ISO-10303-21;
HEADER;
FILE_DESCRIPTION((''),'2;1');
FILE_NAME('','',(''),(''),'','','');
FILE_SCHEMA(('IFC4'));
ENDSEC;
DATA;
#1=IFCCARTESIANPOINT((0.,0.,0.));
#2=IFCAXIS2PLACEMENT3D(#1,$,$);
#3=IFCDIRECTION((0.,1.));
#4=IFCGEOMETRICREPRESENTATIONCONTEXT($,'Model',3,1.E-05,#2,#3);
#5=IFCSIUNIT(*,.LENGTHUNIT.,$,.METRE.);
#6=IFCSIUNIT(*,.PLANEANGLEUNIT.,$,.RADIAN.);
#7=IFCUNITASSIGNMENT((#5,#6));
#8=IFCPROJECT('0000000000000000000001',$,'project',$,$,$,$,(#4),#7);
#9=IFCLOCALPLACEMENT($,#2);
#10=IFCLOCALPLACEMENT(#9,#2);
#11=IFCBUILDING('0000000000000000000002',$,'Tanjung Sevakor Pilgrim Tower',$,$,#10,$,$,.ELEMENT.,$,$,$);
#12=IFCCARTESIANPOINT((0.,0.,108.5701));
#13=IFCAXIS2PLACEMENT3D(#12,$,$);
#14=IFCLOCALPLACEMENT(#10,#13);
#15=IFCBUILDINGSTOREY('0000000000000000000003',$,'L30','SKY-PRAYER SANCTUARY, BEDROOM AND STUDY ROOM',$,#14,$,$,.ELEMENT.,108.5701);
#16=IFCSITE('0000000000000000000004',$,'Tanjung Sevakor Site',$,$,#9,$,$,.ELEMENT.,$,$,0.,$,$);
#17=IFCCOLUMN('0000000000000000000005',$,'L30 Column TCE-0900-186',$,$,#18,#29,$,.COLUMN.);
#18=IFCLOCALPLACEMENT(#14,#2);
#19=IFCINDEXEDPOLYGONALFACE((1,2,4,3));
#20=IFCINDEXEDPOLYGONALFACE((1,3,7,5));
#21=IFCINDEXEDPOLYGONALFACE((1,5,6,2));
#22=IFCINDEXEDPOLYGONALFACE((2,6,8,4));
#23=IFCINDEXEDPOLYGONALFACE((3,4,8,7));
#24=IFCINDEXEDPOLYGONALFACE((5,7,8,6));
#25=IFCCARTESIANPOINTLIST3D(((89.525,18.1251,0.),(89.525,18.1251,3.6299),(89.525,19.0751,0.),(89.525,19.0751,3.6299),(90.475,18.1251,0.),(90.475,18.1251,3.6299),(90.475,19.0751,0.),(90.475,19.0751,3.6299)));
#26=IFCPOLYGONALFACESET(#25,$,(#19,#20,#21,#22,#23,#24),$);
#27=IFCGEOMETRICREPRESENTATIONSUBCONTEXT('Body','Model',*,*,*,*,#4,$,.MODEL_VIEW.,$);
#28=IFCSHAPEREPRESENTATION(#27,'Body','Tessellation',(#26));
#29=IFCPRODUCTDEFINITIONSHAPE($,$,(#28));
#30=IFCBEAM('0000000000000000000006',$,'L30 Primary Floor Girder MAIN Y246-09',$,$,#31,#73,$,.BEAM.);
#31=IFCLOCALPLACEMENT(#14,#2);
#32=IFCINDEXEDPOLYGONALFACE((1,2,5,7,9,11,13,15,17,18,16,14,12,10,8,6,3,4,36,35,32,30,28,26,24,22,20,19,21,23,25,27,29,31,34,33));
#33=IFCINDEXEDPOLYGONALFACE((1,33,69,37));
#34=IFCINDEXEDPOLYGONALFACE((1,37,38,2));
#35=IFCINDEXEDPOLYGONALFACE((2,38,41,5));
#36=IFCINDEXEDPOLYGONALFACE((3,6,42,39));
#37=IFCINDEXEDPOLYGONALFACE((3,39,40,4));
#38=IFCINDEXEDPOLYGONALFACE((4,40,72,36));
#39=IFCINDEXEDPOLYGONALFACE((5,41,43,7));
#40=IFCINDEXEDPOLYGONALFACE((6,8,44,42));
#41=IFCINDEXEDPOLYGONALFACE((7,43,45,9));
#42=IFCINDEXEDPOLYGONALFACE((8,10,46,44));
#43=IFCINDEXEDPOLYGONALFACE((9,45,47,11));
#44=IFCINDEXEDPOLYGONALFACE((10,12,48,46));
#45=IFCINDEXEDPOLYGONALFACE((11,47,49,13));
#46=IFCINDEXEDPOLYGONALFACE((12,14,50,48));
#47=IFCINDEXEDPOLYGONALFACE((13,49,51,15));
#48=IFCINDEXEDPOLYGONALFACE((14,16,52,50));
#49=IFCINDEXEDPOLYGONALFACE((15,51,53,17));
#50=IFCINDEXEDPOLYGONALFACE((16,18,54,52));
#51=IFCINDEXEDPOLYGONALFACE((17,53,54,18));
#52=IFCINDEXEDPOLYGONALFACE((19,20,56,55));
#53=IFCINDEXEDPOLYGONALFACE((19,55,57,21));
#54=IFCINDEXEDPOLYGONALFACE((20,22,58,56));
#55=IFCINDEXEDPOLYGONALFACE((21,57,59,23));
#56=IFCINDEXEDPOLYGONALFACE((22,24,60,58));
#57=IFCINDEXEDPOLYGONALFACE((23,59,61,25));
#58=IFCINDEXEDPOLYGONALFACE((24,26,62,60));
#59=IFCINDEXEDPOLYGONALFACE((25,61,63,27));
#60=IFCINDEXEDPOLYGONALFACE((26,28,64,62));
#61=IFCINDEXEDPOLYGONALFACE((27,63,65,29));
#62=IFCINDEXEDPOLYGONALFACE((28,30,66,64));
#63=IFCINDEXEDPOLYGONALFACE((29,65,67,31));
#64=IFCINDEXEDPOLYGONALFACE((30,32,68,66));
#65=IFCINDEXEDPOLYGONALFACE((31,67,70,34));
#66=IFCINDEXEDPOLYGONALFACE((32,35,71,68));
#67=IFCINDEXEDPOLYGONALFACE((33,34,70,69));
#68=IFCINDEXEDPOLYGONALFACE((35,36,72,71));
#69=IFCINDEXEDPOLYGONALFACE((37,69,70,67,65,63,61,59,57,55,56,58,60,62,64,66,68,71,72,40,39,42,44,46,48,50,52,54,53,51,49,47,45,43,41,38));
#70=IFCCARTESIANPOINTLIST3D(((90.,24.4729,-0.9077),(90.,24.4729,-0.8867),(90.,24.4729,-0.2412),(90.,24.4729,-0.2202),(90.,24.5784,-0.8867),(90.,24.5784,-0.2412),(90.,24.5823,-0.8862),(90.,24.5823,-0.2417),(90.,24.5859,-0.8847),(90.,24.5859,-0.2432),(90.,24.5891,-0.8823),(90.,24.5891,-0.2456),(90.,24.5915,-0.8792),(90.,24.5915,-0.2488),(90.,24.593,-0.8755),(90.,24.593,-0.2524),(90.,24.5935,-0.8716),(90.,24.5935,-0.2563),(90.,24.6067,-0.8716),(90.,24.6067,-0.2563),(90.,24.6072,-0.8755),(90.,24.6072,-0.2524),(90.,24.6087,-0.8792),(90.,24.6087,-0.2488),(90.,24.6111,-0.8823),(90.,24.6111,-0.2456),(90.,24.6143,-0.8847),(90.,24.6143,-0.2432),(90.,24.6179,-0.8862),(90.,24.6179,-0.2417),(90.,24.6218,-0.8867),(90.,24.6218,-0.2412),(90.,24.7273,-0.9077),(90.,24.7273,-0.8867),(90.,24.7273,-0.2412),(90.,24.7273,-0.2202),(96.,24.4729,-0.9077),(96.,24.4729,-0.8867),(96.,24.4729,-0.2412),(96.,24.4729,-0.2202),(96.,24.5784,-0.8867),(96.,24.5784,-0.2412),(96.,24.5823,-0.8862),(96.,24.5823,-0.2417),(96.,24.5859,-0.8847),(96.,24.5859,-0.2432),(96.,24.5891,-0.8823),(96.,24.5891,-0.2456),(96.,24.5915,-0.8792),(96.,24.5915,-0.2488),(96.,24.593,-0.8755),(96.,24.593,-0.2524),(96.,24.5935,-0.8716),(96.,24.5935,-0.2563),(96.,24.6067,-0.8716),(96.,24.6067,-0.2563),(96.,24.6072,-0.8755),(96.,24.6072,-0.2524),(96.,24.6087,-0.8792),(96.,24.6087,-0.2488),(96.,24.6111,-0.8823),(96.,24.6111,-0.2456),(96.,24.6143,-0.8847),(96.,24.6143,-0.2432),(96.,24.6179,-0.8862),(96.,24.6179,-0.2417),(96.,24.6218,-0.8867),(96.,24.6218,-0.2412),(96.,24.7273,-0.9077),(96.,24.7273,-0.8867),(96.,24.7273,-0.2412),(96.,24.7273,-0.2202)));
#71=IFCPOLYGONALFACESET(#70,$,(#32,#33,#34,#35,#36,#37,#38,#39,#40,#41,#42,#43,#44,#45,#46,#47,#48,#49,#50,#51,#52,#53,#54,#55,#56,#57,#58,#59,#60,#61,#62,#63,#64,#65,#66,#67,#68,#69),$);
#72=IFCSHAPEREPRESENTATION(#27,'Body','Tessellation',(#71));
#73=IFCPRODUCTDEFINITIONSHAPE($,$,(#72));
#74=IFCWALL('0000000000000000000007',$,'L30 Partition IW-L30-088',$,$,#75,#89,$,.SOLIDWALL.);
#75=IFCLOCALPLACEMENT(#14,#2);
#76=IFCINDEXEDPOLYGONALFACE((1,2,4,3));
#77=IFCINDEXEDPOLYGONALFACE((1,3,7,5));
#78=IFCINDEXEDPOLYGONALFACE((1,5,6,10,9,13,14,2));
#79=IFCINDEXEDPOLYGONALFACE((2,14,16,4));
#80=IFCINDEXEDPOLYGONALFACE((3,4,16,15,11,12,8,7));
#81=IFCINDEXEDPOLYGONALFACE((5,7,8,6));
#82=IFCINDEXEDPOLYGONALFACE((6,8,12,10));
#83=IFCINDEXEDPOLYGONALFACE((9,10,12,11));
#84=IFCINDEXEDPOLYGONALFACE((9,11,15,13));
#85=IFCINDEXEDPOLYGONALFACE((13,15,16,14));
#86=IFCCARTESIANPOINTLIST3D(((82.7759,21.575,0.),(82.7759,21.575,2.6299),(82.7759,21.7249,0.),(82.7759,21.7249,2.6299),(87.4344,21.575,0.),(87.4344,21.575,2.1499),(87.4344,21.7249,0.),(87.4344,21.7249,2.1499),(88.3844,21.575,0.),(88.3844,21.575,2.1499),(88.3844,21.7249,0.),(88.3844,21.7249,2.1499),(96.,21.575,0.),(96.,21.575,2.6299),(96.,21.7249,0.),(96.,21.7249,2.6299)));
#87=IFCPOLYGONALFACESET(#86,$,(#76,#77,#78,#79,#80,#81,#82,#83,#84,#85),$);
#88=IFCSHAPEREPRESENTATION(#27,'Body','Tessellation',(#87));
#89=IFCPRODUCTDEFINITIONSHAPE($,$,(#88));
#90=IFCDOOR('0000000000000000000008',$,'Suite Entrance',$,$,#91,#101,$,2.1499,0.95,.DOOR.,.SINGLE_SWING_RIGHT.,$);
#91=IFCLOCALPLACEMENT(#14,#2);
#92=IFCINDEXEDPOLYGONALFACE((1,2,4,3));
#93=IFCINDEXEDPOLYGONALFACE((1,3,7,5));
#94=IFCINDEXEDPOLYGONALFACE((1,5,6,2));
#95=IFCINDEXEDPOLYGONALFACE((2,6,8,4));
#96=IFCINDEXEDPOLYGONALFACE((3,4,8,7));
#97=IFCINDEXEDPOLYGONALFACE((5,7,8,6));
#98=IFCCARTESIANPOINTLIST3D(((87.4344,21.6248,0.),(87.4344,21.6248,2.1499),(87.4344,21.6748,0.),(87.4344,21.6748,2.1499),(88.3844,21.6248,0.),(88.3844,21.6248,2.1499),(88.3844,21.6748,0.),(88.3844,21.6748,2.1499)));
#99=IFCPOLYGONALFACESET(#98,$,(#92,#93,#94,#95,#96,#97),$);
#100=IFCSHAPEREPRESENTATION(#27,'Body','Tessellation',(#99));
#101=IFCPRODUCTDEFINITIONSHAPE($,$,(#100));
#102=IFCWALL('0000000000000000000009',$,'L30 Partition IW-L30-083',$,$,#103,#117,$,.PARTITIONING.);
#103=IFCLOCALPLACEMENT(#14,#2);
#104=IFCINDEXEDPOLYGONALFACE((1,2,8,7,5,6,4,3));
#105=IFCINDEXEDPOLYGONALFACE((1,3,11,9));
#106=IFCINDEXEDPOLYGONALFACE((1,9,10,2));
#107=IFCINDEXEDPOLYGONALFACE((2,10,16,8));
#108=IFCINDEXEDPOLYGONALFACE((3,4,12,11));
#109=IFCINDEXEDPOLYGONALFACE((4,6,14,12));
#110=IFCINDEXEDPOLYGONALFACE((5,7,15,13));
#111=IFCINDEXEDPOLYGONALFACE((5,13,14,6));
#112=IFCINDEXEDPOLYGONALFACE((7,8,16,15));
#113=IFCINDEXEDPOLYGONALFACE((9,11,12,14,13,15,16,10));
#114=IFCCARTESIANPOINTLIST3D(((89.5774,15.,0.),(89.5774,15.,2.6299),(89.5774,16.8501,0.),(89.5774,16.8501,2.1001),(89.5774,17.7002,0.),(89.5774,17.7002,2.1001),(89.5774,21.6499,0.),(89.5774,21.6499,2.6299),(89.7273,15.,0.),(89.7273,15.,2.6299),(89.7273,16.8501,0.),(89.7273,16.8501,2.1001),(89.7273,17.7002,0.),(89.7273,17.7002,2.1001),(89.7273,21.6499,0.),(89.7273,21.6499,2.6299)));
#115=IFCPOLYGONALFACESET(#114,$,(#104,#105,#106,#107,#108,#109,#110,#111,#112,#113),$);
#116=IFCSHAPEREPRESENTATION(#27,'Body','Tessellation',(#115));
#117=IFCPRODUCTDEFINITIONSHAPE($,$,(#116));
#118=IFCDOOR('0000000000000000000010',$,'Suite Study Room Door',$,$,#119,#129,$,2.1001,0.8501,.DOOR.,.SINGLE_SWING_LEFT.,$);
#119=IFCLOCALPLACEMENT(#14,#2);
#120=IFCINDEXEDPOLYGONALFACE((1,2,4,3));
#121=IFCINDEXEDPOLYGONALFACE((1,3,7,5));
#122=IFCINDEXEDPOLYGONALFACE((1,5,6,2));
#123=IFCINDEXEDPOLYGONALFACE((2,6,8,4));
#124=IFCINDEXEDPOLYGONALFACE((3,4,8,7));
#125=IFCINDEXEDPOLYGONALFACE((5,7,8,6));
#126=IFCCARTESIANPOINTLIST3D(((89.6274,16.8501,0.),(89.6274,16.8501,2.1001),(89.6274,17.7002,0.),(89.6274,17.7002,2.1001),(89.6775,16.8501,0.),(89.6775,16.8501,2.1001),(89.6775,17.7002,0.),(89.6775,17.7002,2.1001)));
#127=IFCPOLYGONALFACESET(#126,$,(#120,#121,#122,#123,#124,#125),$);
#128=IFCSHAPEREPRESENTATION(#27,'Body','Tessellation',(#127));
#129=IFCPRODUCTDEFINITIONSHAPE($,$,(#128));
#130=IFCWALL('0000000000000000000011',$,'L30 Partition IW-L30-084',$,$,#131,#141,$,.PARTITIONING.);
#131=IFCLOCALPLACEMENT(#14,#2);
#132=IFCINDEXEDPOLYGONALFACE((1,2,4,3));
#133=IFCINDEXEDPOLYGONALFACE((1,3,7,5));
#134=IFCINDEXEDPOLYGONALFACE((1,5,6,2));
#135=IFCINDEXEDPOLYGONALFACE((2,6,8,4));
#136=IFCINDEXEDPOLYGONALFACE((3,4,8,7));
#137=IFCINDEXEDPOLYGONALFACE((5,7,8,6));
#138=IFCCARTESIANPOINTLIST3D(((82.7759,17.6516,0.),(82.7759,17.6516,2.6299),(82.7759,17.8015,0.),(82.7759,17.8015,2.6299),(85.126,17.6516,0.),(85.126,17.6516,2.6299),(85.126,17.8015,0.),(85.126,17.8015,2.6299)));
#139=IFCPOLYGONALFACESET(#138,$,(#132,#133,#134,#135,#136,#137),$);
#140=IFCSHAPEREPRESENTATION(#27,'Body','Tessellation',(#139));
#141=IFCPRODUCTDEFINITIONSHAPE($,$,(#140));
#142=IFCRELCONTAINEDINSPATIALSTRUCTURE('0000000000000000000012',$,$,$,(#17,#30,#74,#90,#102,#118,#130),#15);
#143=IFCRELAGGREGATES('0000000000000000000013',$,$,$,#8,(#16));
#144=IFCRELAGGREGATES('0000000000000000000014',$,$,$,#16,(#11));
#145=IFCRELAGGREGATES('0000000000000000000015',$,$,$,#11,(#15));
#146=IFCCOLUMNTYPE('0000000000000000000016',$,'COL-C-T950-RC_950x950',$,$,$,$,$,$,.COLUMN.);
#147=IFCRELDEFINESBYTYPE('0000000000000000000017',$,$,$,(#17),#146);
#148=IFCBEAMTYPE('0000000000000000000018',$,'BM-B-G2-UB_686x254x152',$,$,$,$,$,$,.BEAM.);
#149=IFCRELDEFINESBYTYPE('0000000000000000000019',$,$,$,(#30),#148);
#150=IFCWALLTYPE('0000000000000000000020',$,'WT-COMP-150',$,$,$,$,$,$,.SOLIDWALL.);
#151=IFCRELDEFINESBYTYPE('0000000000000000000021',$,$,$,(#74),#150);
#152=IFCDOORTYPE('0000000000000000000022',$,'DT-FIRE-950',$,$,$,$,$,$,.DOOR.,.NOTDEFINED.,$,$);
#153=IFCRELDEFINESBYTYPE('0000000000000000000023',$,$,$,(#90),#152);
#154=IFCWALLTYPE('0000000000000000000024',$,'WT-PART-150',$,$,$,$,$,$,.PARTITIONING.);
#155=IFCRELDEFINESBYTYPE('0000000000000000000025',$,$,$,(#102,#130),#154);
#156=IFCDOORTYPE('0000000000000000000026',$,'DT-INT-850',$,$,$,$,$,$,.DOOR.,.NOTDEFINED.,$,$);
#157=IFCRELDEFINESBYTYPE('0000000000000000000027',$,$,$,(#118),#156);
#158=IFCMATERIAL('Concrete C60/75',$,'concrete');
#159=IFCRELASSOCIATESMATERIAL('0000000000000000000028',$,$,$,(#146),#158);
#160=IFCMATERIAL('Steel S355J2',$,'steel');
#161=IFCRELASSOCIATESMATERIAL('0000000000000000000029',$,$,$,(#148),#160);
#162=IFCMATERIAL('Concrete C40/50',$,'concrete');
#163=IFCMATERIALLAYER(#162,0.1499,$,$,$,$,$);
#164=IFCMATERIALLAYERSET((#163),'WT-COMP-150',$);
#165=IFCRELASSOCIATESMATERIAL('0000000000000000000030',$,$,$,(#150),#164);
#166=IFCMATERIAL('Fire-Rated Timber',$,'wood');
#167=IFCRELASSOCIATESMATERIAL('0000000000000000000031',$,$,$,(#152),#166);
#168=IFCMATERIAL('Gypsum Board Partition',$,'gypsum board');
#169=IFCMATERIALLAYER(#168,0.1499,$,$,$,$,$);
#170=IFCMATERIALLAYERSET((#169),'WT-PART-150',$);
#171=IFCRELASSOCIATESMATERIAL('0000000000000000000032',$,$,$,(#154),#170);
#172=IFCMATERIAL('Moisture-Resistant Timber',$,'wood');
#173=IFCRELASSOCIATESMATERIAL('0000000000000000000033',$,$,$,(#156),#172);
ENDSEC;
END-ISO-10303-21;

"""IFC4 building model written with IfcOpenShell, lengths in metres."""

from ifc_helpers import new_model, si_unit, direction, frame, frame_2d, origin, origin_2d, place, context, subcontext, project, spatial, rectangle, i_section, extrude, material, layer, layer_set, material_profile, profile_set, type_object, element, fill, save


model = new_model("IFC4")

# Units and contexts
model_context = context("Model", 3, precision=1e-05, world=origin(), true_north=direction((0.0, 1.0)))
body_context = subcontext(model_context, "Body", "Model", "MODEL_VIEW")
ifc_project = project(units=[si_unit("LENGTHUNIT", "METRE"), si_unit("PLANEANGLEUNIT", "RADIAN")], contexts=[model_context])

# Site, building, storey
site_placement = place(None, origin())
site = spatial("IfcSite", under=ifc_project, at=site_placement, Name="Tanjung Sevakor Site", CompositionType="ELEMENT", RefElevation=0.0)
building_placement = place(site_placement, origin())
building = spatial("IfcBuilding", under=site, at=building_placement, Name="Tanjung Sevakor Pilgrim Tower", CompositionType="ELEMENT")
storey_placement = place(building_placement, frame((0.0, 0.0, 108.5701)))
storey = spatial("IfcBuildingStorey", under=building, at=storey_placement, Name="L30", Description="SKY-PRAYER SANCTUARY, BEDROOM AND STUDY ROOM", CompositionType="ELEMENT", Elevation=108.5701)

# Column
ifc_material_1 = material(Name="Concrete C60/75", Category="concrete")
ifc_material_profile_1 = material_profile(ifc_material_1, rectangle(XDim=0.95, YDim=0.95, at=origin_2d()))
ifc_profile_set_1 = profile_set([ifc_material_profile_1], Name="Concrete C60/75")
column_type = type_object("IfcColumnType", Name="COL-C-T950-RC_950x950", PredefinedType="COLUMN", material=ifc_profile_set_1)
column_placement = place(storey_placement, frame((90.0, 18.6001, 0.0), z_axis=(0.0, 0.0, 1.0), x_axis=(1.0, 0.0, 0.0)))
element("IfcColumn", 1, at=column_placement, inside=storey, type_object=column_type, Name="L30 Column TCE-0900-186", PredefinedType="COLUMN", context=body_context, shape_type="SweptSolid", body=[
    extrude(rectangle(XDim=0.95, YDim=0.95, at=origin_2d()), origin(), (0.0, 0.0, 1.0), 3.6299),
])

# Beam
ifc_material_2 = material(Name="Steel S355J2", Category="steel")
ifc_material_profile_2 = material_profile(ifc_material_2, i_section(OverallWidth=0.2544, OverallDepth=0.6875, WebThickness=0.0132, FlangeThickness=0.021, FilletRadius=0.0151, at=origin_2d()))
ifc_profile_set_2 = profile_set([ifc_material_profile_2], Name="Steel S355J2")
beam_type = type_object("IfcBeamType", Name="BM-B-G2-UB_686x254x152", PredefinedType="BEAM", material=ifc_profile_set_2)
beam_placement = place(storey_placement, frame((90.0, 24.6001, -0.564), z_axis=(1.0, 0.0, 0.0), x_axis=(0.0, 1.0, 0.0)))
element("IfcBeam", 2, at=beam_placement, inside=storey, type_object=beam_type, Name="L30 Primary Floor Girder MAIN Y246-09", PredefinedType="BEAM", context=body_context, shape_type="SweptSolid", body=[
    extrude(i_section(OverallWidth=0.2544, OverallDepth=0.6875, WebThickness=0.0132, FlangeThickness=0.021, FilletRadius=0.0151, at=origin_2d()), origin(), (0.0, 0.0, 1.0), 6.0),
])

# Walls, openings, doors
ifc_material_3 = material(Name="Concrete C40/50", Category="concrete")
ifc_layer_1 = layer(ifc_material_3, 0.1499)
ifc_layer_set_1 = layer_set([ifc_layer_1], Name="WT-COMP-150")
wall_type_1 = type_object("IfcWallType", Name="WT-COMP-150", PredefinedType="SOLIDWALL", material=ifc_layer_set_1)
wall_1_placement = place(storey_placement, frame((82.7759, 21.6499, 0.0), z_axis=(0.0, 0.0, 1.0), x_axis=(1.0, 0.0, 0.0)))
wall_1 = element("IfcWall", 3, at=wall_1_placement, inside=storey, type_object=wall_type_1, Name="L30 Partition IW-L30-088", PredefinedType="SOLIDWALL", context=body_context, shape_type="SweptSolid", body=[
    extrude(rectangle(XDim=13.2241, YDim=0.1499, at=frame_2d((6.6121, 0.0))), origin(), (0.0, 0.0, 1.0), 2.6299),
])
opening_1_placement = place(wall_1_placement, frame((4.6584, 0.0, 0.0)))
opening_1 = element("IfcOpeningElement", 4, at=opening_1_placement, cuts=wall_1, PredefinedType="OPENING", context=body_context, shape_type="SweptSolid", body=[
    extrude(rectangle(XDim=0.95, YDim=2.1499, at=frame_2d((0.4751, 1.075))), frame((0.0, 0.085, 0.0), z_axis=(0.0, -1.0, 0.0), x_axis=(1.0, 0.0, 0.0)), (0.0, 0.0, 1.0), 0.1699),
])
ifc_material_4 = material(Name="Fire-Rated Timber", Category="wood")
door_type_1 = type_object("IfcDoorType", Name="DT-FIRE-950", OperationType="NOTDEFINED", PredefinedType="DOOR", material=ifc_material_4)
door_1_placement = place(opening_1_placement, origin())
door_1 = element("IfcDoor", 5, at=door_1_placement, inside=storey, type_object=door_type_1, Name="Suite Entrance", OperationType="SINGLE_SWING_RIGHT", OverallHeight=2.1499, OverallWidth=0.95, PredefinedType="DOOR", context=body_context, shape_type="SweptSolid", body=[
    extrude(rectangle(XDim=0.95, YDim=2.1499, at=frame_2d((0.4751, 1.075))), frame((0.0, 0.0249, 0.0), z_axis=(0.0, -1.0, 0.0), x_axis=(1.0, 0.0, 0.0)), (0.0, 0.0, 1.0), 0.05),
])
fill(opening_1, door_1)
ifc_material_5 = material(Name="Gypsum Board Partition", Category="gypsum board")
ifc_layer_2 = layer(ifc_material_5, 0.1499)
ifc_layer_set_2 = layer_set([ifc_layer_2], Name="WT-PART-150")
wall_type_2 = type_object("IfcWallType", Name="WT-PART-150", PredefinedType="PARTITIONING", material=ifc_layer_set_2)
wall_2_placement = place(storey_placement, frame((89.6523, 15.0, 0.0), z_axis=(0.0, 0.0, 1.0), x_axis=(0.0, 1.0, 0.0)))
wall_2 = element("IfcWall", 6, at=wall_2_placement, inside=storey, type_object=wall_type_2, Name="L30 Partition IW-L30-083", PredefinedType="PARTITIONING", context=body_context, shape_type="SweptSolid", body=[
    extrude(rectangle(XDim=6.6499, YDim=0.1499, at=frame_2d((3.325, 0.0))), origin(), (0.0, 0.0, 1.0), 2.6299),
])
opening_2_placement = place(wall_2_placement, frame((1.8501, 0.0, 0.0)))
opening_2 = element("IfcOpeningElement", 7, at=opening_2_placement, cuts=wall_2, PredefinedType="OPENING", context=body_context, shape_type="SweptSolid", body=[
    extrude(rectangle(XDim=0.8501, YDim=2.1001, at=frame_2d((0.425, 1.05))), frame((0.0, 0.085, 0.0), z_axis=(0.0, -1.0, 0.0), x_axis=(1.0, 0.0, 0.0)), (0.0, 0.0, 1.0), 0.1699),
])
ifc_material_6 = material(Name="Moisture-Resistant Timber", Category="wood")
door_type_2 = type_object("IfcDoorType", Name="DT-INT-850", OperationType="NOTDEFINED", PredefinedType="DOOR", material=ifc_material_6)
door_2_placement = place(opening_2_placement, origin())
door_2 = element("IfcDoor", 8, at=door_2_placement, inside=storey, type_object=door_type_2, Name="Suite Study Room Door", OperationType="SINGLE_SWING_LEFT", OverallHeight=2.1001, OverallWidth=0.8501, PredefinedType="DOOR", context=body_context, shape_type="SweptSolid", body=[
    extrude(rectangle(XDim=0.8501, YDim=2.1001, at=frame_2d((0.425, 1.05))), frame((0.0, 0.0249, 0.0), z_axis=(0.0, -1.0, 0.0), x_axis=(1.0, 0.0, 0.0)), (0.0, 0.0, 1.0), 0.05),
])
fill(opening_2, door_2)

# Wall
wall_3_placement = place(storey_placement, frame((82.7759, 17.7266, 0.0), z_axis=(0.0, 0.0, 1.0), x_axis=(1.0, 0.0, 0.0)))
element("IfcWall", 9, at=wall_3_placement, inside=storey, type_object=wall_type_2, Name="L30 Partition IW-L30-084", PredefinedType="PARTITIONING", context=body_context, shape_type="SweptSolid", body=[
    extrude(rectangle(XDim=2.3501, YDim=0.1499, at=frame_2d((1.175, 0.0))), origin(), (0.0, 0.0, 1.0), 2.6299),
])

save(model, "model.ifc")
